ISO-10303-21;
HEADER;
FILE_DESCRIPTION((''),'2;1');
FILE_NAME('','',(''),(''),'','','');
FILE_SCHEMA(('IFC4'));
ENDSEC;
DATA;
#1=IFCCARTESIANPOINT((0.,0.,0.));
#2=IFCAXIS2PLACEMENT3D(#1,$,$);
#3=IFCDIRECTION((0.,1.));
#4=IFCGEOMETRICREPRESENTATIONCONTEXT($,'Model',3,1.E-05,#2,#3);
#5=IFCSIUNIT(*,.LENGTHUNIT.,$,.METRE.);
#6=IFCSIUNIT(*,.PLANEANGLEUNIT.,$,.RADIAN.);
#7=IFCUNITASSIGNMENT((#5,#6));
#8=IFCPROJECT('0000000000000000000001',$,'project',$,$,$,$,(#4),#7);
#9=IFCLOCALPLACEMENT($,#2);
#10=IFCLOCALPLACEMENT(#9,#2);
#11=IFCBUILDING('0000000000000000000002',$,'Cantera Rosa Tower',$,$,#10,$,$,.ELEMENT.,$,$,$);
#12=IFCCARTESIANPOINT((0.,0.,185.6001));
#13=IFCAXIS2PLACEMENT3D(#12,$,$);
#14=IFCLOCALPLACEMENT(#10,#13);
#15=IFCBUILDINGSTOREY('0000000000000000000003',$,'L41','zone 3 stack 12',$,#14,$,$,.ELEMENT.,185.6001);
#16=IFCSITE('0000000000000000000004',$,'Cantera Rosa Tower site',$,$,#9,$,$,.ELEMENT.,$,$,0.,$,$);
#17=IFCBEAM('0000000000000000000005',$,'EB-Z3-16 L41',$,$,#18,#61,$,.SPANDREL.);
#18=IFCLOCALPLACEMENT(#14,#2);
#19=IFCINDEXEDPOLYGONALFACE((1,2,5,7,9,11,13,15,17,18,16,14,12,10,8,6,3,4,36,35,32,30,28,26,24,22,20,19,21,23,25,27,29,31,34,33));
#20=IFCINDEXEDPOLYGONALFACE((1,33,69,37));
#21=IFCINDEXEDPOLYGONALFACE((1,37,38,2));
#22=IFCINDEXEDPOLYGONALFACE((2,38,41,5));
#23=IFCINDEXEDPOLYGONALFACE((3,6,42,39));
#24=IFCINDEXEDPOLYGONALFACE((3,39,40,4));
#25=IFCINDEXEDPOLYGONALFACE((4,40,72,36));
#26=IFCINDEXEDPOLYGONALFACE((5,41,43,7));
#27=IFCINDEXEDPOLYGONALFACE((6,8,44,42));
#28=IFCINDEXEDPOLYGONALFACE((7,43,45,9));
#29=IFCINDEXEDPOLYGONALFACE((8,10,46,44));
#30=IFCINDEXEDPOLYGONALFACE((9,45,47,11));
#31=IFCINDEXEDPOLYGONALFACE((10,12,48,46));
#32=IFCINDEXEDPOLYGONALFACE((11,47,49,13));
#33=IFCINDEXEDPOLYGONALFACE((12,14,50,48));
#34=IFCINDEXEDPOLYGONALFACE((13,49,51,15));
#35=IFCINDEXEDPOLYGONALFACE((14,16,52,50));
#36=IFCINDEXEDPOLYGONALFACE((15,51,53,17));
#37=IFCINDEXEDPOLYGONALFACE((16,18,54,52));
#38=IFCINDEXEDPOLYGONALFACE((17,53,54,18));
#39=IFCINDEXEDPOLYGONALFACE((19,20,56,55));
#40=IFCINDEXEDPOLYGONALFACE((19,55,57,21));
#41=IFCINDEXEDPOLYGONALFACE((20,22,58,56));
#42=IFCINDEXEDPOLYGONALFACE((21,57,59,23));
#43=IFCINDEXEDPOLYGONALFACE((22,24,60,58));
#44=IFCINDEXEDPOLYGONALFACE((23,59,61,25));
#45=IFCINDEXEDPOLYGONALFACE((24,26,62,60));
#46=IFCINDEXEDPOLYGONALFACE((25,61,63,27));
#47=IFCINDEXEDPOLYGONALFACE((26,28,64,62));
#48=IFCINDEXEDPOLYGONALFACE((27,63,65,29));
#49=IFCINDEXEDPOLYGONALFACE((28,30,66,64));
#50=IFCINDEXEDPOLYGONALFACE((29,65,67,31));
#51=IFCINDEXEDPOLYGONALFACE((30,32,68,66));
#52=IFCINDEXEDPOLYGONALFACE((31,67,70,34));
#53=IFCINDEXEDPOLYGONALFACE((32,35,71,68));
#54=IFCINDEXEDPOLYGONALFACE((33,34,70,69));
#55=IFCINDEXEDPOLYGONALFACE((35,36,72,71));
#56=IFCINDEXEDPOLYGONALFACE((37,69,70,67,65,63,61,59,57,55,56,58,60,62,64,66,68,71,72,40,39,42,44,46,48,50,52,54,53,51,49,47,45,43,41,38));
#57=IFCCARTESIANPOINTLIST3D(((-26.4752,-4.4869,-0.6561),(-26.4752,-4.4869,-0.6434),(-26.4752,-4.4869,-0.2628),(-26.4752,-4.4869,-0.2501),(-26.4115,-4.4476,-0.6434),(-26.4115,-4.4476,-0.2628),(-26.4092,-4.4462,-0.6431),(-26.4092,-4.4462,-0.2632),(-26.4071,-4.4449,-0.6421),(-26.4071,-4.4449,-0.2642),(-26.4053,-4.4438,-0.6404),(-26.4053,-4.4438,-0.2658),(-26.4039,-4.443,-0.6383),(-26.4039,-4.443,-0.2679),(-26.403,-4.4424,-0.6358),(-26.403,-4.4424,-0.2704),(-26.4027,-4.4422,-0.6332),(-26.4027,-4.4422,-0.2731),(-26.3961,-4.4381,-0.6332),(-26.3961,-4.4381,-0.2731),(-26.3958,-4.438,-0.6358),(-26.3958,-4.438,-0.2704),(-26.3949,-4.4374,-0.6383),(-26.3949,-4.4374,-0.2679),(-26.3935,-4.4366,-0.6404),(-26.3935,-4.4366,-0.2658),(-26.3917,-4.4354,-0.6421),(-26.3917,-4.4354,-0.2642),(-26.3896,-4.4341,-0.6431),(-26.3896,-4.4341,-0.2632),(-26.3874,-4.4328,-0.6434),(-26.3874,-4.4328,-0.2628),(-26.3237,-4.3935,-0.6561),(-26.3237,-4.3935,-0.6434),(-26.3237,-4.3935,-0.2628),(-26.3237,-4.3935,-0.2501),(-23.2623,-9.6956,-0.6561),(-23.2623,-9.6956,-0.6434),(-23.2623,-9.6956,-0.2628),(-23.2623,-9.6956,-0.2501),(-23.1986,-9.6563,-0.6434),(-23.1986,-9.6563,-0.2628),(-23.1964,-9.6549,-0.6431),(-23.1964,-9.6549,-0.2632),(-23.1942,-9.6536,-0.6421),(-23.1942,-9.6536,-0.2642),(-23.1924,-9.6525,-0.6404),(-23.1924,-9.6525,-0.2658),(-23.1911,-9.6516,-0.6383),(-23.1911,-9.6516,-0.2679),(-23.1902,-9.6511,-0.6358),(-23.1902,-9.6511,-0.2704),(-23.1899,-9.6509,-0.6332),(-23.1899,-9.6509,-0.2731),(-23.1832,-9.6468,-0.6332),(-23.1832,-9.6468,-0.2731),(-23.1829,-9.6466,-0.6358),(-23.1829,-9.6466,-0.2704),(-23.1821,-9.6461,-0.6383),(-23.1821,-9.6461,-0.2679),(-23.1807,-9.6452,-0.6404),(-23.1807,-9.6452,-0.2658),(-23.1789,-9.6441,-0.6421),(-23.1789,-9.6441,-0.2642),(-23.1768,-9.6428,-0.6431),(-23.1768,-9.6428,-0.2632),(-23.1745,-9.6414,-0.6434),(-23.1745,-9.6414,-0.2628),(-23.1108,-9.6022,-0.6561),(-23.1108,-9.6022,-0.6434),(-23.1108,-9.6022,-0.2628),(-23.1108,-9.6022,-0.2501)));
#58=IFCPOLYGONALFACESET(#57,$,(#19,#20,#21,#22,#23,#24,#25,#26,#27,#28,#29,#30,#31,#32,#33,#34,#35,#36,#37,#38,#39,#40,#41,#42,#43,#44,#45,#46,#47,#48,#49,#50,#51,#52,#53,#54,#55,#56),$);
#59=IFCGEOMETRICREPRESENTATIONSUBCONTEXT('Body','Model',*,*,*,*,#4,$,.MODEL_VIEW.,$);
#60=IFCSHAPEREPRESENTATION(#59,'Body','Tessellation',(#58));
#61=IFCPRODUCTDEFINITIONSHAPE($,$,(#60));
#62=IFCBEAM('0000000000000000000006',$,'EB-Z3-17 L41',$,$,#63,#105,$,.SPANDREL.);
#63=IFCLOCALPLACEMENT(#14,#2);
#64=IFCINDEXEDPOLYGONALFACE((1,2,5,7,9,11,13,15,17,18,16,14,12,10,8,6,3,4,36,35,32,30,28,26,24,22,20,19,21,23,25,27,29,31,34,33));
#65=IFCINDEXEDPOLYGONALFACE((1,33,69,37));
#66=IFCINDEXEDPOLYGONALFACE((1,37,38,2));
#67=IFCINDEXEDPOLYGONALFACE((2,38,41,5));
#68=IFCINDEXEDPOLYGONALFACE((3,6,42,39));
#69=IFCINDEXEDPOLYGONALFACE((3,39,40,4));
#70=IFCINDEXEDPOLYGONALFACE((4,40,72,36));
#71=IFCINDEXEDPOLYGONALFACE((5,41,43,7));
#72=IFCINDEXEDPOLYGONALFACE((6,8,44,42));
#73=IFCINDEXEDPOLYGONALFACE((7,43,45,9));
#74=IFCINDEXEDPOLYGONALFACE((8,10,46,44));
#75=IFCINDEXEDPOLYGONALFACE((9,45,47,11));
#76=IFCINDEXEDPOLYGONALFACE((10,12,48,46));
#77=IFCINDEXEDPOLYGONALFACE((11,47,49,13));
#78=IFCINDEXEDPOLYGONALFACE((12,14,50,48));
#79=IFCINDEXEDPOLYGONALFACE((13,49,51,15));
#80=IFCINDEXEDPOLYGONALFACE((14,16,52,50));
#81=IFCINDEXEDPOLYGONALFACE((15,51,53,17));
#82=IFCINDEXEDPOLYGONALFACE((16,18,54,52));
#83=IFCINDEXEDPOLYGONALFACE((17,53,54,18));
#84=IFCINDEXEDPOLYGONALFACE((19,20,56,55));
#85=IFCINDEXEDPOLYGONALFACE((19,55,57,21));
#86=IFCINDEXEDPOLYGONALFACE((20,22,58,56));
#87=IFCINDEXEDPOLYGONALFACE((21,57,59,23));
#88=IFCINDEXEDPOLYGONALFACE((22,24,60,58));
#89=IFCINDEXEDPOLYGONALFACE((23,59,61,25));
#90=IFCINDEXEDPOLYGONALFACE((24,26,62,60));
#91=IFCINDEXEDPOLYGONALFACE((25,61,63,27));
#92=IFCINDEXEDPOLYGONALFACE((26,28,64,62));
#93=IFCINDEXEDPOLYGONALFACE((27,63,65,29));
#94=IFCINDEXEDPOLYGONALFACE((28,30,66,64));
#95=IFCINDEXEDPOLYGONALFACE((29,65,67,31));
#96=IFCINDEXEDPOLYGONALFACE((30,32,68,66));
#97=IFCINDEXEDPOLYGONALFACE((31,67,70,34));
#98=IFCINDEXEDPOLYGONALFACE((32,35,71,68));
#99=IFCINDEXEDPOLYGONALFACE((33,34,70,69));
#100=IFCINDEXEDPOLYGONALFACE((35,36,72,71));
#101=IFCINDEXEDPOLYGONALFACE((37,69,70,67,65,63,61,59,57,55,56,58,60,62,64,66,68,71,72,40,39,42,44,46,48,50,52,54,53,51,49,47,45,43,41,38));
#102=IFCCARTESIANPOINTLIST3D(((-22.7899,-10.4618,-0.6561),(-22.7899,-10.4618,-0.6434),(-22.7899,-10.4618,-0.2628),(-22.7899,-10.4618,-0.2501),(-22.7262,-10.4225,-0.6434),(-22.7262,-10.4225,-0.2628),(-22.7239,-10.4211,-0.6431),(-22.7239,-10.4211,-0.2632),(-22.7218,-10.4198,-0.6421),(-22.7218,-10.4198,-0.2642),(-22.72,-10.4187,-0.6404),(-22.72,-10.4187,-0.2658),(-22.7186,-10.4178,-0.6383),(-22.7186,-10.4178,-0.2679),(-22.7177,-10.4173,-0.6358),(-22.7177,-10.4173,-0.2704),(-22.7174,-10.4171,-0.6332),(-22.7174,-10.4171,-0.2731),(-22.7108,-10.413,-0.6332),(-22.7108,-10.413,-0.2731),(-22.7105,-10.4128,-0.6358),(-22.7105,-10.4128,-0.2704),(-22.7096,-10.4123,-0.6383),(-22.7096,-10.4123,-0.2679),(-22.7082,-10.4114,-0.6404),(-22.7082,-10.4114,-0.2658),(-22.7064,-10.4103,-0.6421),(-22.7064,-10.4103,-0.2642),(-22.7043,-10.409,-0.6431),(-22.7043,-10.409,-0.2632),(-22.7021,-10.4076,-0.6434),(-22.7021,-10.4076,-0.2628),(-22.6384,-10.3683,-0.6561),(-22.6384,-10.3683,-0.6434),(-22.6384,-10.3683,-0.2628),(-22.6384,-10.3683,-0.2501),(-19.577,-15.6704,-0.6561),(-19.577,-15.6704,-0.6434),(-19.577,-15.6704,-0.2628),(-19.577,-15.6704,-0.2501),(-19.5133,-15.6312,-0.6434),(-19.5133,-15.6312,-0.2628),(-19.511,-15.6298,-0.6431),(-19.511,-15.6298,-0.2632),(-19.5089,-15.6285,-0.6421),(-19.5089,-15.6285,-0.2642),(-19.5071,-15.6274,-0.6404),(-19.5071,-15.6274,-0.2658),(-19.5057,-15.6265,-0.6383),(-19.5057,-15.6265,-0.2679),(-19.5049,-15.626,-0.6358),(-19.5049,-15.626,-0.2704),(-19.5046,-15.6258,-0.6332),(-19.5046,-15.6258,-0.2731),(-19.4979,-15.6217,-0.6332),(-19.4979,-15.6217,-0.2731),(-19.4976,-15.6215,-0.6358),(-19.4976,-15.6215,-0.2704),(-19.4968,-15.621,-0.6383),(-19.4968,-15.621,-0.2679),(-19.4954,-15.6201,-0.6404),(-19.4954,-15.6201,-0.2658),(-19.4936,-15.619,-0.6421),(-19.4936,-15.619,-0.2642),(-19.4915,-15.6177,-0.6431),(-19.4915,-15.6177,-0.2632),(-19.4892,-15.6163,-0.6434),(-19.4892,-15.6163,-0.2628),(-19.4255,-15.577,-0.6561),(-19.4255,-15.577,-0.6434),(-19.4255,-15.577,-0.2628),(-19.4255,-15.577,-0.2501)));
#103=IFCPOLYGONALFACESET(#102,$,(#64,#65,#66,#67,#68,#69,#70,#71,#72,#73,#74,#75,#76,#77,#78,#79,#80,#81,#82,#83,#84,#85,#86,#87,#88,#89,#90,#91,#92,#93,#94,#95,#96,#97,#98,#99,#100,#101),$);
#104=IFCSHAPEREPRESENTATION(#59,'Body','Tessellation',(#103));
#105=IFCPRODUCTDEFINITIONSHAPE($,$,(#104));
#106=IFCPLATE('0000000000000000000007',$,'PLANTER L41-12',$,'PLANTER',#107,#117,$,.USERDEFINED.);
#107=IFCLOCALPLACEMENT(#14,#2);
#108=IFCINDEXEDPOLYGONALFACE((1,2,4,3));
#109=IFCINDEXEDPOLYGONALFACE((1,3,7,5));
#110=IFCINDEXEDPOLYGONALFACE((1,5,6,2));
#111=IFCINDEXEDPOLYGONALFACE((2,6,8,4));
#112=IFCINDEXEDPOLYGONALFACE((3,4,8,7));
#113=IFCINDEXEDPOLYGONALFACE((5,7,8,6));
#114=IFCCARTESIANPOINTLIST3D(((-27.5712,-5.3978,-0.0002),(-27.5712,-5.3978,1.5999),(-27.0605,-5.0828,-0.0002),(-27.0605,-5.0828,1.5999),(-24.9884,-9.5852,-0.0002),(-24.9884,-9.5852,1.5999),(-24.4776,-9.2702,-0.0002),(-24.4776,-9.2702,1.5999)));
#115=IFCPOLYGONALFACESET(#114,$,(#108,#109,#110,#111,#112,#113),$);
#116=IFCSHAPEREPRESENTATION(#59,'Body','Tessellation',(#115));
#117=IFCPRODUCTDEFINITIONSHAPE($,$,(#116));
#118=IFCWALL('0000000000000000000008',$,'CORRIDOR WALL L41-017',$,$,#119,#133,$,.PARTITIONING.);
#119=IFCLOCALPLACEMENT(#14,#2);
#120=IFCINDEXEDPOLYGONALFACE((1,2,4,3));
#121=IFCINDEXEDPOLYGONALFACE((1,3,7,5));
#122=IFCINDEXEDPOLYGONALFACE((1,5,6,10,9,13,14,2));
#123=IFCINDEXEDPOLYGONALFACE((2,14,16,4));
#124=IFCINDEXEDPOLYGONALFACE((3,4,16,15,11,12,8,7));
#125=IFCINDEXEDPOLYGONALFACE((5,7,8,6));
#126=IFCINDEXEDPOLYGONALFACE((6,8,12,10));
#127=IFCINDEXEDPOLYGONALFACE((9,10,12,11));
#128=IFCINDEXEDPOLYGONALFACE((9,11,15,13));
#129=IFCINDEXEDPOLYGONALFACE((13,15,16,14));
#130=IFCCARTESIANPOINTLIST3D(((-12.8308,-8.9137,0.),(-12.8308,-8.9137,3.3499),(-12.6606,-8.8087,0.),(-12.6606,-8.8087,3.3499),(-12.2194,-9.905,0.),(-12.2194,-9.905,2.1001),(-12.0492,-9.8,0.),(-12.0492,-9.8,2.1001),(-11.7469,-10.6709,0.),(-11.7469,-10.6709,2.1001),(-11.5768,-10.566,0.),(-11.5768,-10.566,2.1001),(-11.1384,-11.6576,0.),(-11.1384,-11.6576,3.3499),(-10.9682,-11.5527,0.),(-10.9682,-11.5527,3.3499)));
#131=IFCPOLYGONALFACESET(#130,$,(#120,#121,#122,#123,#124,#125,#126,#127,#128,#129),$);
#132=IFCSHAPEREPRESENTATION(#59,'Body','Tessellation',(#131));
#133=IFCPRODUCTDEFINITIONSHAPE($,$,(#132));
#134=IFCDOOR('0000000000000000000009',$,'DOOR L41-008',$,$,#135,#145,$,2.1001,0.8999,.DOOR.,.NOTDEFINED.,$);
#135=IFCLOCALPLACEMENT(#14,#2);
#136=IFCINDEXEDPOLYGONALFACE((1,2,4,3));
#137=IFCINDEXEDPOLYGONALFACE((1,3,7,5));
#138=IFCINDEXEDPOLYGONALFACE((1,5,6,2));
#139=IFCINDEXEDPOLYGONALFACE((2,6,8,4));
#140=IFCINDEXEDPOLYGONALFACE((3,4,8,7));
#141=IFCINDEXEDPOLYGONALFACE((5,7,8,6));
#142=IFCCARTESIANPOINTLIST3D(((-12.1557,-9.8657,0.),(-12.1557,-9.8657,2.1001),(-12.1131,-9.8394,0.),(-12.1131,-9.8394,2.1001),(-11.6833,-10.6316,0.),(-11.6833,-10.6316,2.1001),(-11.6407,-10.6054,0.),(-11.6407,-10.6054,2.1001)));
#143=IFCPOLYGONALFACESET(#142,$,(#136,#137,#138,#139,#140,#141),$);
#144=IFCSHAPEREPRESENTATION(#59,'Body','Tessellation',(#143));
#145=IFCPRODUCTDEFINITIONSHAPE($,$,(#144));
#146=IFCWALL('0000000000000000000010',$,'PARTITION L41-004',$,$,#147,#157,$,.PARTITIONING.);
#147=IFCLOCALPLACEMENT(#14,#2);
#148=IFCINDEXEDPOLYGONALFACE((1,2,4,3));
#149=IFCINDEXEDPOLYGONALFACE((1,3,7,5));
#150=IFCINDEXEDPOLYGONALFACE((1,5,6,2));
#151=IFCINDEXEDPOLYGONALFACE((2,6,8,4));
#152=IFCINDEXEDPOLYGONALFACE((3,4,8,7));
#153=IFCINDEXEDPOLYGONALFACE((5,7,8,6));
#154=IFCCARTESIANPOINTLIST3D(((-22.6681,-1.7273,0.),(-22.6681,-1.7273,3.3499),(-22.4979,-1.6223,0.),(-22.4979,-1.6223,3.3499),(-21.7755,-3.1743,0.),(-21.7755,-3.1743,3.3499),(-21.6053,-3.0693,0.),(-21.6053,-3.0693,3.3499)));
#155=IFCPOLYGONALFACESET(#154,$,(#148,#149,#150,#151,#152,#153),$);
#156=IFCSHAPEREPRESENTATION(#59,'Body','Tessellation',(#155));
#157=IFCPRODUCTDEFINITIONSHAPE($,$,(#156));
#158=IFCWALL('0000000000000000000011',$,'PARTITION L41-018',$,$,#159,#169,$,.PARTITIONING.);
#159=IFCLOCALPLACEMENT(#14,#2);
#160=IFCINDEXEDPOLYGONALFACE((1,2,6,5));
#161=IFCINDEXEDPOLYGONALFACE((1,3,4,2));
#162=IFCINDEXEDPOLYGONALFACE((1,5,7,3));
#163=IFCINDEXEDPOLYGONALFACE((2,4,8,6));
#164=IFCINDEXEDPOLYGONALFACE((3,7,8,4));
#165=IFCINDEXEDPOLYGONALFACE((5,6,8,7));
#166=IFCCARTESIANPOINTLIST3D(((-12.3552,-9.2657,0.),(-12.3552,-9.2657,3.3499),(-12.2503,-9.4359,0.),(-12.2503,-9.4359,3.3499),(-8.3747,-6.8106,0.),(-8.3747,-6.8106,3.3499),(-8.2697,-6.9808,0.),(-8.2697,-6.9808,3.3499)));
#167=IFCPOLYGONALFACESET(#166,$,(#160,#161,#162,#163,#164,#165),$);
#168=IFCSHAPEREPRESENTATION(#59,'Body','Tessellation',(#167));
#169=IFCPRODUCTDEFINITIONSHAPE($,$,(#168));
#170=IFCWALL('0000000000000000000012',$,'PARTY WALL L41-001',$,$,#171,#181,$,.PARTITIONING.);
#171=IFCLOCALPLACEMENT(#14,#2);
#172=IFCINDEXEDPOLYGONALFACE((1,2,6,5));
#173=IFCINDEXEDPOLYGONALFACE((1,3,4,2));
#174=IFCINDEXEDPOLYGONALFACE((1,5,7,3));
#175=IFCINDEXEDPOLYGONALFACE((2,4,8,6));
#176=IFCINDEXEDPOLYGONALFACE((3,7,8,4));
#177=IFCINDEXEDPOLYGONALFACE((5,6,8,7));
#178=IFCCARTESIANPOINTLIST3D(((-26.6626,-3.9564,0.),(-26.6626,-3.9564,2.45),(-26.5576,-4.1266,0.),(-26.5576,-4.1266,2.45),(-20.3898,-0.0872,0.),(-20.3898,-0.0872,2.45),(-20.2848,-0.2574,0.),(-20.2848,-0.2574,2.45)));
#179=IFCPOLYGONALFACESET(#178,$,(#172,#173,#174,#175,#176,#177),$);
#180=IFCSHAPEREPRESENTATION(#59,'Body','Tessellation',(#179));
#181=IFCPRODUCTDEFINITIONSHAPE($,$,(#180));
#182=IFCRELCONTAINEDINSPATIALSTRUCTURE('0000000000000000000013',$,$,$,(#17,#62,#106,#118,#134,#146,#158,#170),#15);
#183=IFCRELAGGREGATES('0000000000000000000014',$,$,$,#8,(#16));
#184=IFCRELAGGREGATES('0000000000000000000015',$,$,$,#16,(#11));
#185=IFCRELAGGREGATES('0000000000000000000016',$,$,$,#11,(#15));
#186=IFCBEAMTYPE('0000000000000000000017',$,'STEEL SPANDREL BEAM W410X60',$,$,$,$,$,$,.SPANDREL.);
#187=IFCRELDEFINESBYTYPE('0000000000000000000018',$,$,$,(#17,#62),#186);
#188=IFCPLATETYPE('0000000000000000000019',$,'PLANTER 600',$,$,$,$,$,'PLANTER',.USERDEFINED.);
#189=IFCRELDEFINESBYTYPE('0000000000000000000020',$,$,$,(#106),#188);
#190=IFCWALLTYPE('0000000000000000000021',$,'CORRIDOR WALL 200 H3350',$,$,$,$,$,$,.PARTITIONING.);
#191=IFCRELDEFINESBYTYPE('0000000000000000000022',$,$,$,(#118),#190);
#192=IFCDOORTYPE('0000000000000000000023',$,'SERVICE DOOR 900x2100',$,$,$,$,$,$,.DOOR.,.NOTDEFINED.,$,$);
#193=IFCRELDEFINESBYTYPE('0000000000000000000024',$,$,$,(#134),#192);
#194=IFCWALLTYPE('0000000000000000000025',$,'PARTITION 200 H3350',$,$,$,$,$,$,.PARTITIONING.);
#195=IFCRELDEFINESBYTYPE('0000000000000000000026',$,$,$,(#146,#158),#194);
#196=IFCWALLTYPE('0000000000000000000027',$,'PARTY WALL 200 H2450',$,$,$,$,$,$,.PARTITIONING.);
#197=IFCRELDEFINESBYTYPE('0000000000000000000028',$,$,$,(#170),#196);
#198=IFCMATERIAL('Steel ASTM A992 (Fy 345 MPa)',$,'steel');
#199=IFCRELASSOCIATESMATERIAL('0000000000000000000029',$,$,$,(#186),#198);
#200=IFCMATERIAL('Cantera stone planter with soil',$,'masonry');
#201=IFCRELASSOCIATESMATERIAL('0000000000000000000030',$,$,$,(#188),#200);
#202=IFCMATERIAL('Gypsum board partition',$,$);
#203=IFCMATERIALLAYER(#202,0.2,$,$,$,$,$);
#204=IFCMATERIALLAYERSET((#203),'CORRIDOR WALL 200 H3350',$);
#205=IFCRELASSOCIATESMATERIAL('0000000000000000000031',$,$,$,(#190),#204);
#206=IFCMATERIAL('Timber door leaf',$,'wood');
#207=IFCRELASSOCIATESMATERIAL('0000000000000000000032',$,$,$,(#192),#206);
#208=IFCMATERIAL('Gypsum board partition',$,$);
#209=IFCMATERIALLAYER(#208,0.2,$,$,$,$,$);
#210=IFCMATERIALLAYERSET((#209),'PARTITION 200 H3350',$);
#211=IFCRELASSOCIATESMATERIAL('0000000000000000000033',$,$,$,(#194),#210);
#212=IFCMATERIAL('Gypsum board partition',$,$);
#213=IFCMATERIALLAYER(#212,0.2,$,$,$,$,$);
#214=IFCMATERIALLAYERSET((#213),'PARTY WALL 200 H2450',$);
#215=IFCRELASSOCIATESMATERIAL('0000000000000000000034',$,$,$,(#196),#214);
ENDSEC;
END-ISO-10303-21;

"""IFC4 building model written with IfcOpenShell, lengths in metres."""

from ifc_helpers import new_model, si_unit, direction, frame, frame_2d, origin, origin_2d, place, context, subcontext, project, spatial, rectangle, i_section, extrude, material, layer, layer_set, material_profile, profile_set, type_object, element, fill, save


model = new_model("IFC4")

# Units and contexts
model_context = context("Model", 3, precision=1e-05, world=origin(), true_north=direction((0.0, 1.0)))
body_context = subcontext(model_context, "Body", "Model", "MODEL_VIEW")
ifc_project = project(units=[si_unit("LENGTHUNIT", "METRE"), si_unit("PLANEANGLEUNIT", "RADIAN")], contexts=[model_context])

# Site, building, storey
site_placement = place(None, origin())
site = spatial("IfcSite", under=ifc_project, at=site_placement, Name="Cantera Rosa Tower site", CompositionType="ELEMENT", RefElevation=0.0)
building_placement = place(site_placement, origin())
building = spatial("IfcBuilding", under=site, at=building_placement, Name="Cantera Rosa Tower", CompositionType="ELEMENT")
storey_placement = place(building_placement, frame((0.0, 0.0, 185.6001)))
storey = spatial("IfcBuildingStorey", under=building, at=storey_placement, Name="L41", Description="zone 3 stack 12", CompositionType="ELEMENT", Elevation=185.6001)

# Beams
ifc_material_1 = material(Name="Steel ASTM A992 (Fy 345 MPa)", Category="steel")
ifc_material_profile_1 = material_profile(ifc_material_1, i_section(OverallWidth=0.178, OverallDepth=0.406, WebThickness=0.0078, FlangeThickness=0.0127, FilletRadius=0.0103, at=origin_2d()), Name="W410X60")
ifc_profile_set_1 = profile_set([ifc_material_profile_1], Name="Steel ASTM A992 (Fy 345 MPa)")
beam_type_1 = type_object("IfcBeamType", Name="STEEL SPANDREL BEAM W410X60", PredefinedType="SPANDREL", material=ifc_profile_set_1)
for number, where, z_axis, x_axis, name in (
    (1, (-26.3994, -4.4402, -0.4531), (0.524987, -0.85111, 0.0), (0.85111, 0.524987, 0.0), "EB-Z3-16 L41"),
    (2, (-22.7141, -10.415, -0.4531), (0.524987, -0.85111, 0.0), (0.85111, 0.524987, 0.0), "EB-Z3-17 L41"),
):
    element("IfcBeam", number, at=place(storey_placement, frame(where, z_axis=z_axis, x_axis=x_axis)), inside=storey, type_object=beam_type_1, Name=name, PredefinedType="SPANDREL", context=body_context, shape_type="SweptSolid", body=[
        extrude(i_section(OverallWidth=0.178, OverallDepth=0.406, WebThickness=0.0078, FlangeThickness=0.0127, FilletRadius=0.0103, at=origin_2d()), origin(), (0.0, 0.0, 1.0), 6.1199),
    ])

# Plate
ifc_material_2 = material(Name="Cantera stone planter with soil", Category="masonry")
plate_type = type_object("IfcPlateType", Name="PLANTER 600", ElementType="PLANTER", PredefinedType="USERDEFINED", material=ifc_material_2)
plate_placement = place(storey_placement, frame((-26.0244, -7.334, -0.0002), z_axis=(0.0, 0.0, 1.0), x_axis=(0.524977, -0.851117, 0.0)))
element("IfcPlate", 3, at=plate_placement, inside=storey, type_object=plate_type, Name="PLANTER L41-12", ObjectType="PLANTER", PredefinedType="USERDEFINED", context=body_context, shape_type="SweptSolid", body=[
    extrude(rectangle(XDim=4.9199, YDim=0.6001, at=origin_2d()), origin(), (0.0, 0.0, 1.0), 1.6001),
])

# Wall, opening, door
ifc_material_3 = material(Name="Gypsum board partition")
ifc_layer_1 = layer(ifc_material_3, 0.2)
ifc_layer_set_1 = layer_set([ifc_layer_1], Name="CORRIDOR WALL 200 H3350")
wall_type_1 = type_object("IfcWallType", Name="CORRIDOR WALL 200 H3350", PredefinedType="PARTITIONING", material=ifc_layer_set_1)
wall_1_placement = place(storey_placement, frame((-12.7456, -8.8613, 0.0), z_axis=(0.0, 0.0, 1.0), x_axis=(0.524959, -0.851127, 0.0)))
wall_1 = element("IfcWall", 4, at=wall_1_placement, inside=storey, type_object=wall_type_1, Name="CORRIDOR WALL L41-017", PredefinedType="PARTITIONING", context=body_context, shape_type="SweptSolid", body=[
    extrude(rectangle(XDim=3.2239, YDim=0.2, at=frame_2d((1.6118, 0.0))), origin(), (0.0, 0.0, 1.0), 3.3499),
])
opening_1_placement = place(wall_1_placement, frame((1.1646, 0.0, 0.0)))
opening_1 = element("IfcOpeningElement", 5, at=opening_1_placement, cuts=wall_1, PredefinedType="OPENING", context=body_context, shape_type="SweptSolid", body=[
    extrude(rectangle(XDim=0.8999, YDim=2.1001, at=frame_2d((0.45, 1.05))), frame((0.0, 0.1099, 0.0), z_axis=(0.0, -1.0, 0.0), x_axis=(1.0, 0.0, 0.0)), (0.0, 0.0, 1.0), 0.22),
])
ifc_material_4 = material(Name="Timber door leaf", Category="wood")
door_type_1 = type_object("IfcDoorType", Name="SERVICE DOOR 900x2100", OperationType="NOTDEFINED", PredefinedType="DOOR", material=ifc_material_4)
door_1_placement = place(opening_1_placement, origin())
door_1 = element("IfcDoor", 6, at=door_1_placement, inside=storey, type_object=door_type_1, Name="DOOR L41-008", OperationType="NOTDEFINED", OverallHeight=2.1001, OverallWidth=0.8999, PredefinedType="DOOR", context=body_context, shape_type="SweptSolid", body=[
    extrude(rectangle(XDim=0.8999, YDim=2.1001, at=frame_2d((0.45, 1.05))), frame((0.0, 0.0249, 0.0), z_axis=(0.0, -1.0, 0.0), x_axis=(1.0, 0.0, 0.0)), (0.0, 0.0, 1.0), 0.05),
])
fill(opening_1, door_1)

# Walls
ifc_material_5 = material(Name="Gypsum board partition")
ifc_layer_2 = layer(ifc_material_5, 0.2)
ifc_layer_set_2 = layer_set([ifc_layer_2], Name="PARTITION 200 H3350")
wall_type_2 = type_object("IfcWallType", Name="PARTITION 200 H3350", PredefinedType="PARTITIONING", material=ifc_layer_set_2)
wall_2_placement = place(storey_placement, frame((-21.6904, -3.1218, 0.0), z_axis=(0.0, 0.0, 1.0), x_axis=(-0.524994, 0.851106, 0.0)))
element("IfcWall", 7, at=wall_2_placement, inside=storey, type_object=wall_type_2, Name="PARTITION L41-004", PredefinedType="PARTITIONING", context=body_context, shape_type="SweptSolid", body=[
    extrude(rectangle(XDim=1.7002, YDim=0.2, at=frame_2d((0.8501, 0.0))), origin(), (0.0, 0.0, 1.0), 3.3499),
])
wall_3_placement = place(storey_placement, frame((-12.3027, -9.3508, 0.0), z_axis=(0.0, 0.0, 1.0), x_axis=(0.851127, 0.524959, 0.0)))
element("IfcWall", 8, at=wall_3_placement, inside=storey, type_object=wall_type_2, Name="PARTITION L41-018", PredefinedType="PARTITIONING", context=body_context, shape_type="SweptSolid", body=[
    extrude(rectangle(XDim=4.6768, YDim=0.2, at=frame_2d((2.3384, 0.0))), origin(), (0.0, 0.0, 1.0), 3.3499),
])
ifc_material_6 = material(Name="Gypsum board partition")
ifc_layer_3 = layer(ifc_material_6, 0.2)
ifc_layer_set_3 = layer_set([ifc_layer_3], Name="PARTY WALL 200 H2450")
wall_type_3 = type_object("IfcWallType", Name="PARTY WALL 200 H2450", PredefinedType="PARTITIONING", material=ifc_layer_set_3)
wall_4_placement = place(storey_placement, frame((-26.6101, -4.0415, 0.0), z_axis=(0.0, 0.0, 1.0), x_axis=(0.851112, 0.524984, 0.0)))
element("IfcWall", 9, at=wall_4_placement, inside=storey, type_object=wall_type_3, Name="PARTY WALL L41-001", PredefinedType="PARTITIONING", context=body_context, shape_type="SweptSolid", body=[
    extrude(rectangle(XDim=7.3701, YDim=0.2, at=frame_2d((3.6851, 0.0))), origin(), (0.0, 0.0, 1.0), 2.45),
])

save(model, "model.ifc")
